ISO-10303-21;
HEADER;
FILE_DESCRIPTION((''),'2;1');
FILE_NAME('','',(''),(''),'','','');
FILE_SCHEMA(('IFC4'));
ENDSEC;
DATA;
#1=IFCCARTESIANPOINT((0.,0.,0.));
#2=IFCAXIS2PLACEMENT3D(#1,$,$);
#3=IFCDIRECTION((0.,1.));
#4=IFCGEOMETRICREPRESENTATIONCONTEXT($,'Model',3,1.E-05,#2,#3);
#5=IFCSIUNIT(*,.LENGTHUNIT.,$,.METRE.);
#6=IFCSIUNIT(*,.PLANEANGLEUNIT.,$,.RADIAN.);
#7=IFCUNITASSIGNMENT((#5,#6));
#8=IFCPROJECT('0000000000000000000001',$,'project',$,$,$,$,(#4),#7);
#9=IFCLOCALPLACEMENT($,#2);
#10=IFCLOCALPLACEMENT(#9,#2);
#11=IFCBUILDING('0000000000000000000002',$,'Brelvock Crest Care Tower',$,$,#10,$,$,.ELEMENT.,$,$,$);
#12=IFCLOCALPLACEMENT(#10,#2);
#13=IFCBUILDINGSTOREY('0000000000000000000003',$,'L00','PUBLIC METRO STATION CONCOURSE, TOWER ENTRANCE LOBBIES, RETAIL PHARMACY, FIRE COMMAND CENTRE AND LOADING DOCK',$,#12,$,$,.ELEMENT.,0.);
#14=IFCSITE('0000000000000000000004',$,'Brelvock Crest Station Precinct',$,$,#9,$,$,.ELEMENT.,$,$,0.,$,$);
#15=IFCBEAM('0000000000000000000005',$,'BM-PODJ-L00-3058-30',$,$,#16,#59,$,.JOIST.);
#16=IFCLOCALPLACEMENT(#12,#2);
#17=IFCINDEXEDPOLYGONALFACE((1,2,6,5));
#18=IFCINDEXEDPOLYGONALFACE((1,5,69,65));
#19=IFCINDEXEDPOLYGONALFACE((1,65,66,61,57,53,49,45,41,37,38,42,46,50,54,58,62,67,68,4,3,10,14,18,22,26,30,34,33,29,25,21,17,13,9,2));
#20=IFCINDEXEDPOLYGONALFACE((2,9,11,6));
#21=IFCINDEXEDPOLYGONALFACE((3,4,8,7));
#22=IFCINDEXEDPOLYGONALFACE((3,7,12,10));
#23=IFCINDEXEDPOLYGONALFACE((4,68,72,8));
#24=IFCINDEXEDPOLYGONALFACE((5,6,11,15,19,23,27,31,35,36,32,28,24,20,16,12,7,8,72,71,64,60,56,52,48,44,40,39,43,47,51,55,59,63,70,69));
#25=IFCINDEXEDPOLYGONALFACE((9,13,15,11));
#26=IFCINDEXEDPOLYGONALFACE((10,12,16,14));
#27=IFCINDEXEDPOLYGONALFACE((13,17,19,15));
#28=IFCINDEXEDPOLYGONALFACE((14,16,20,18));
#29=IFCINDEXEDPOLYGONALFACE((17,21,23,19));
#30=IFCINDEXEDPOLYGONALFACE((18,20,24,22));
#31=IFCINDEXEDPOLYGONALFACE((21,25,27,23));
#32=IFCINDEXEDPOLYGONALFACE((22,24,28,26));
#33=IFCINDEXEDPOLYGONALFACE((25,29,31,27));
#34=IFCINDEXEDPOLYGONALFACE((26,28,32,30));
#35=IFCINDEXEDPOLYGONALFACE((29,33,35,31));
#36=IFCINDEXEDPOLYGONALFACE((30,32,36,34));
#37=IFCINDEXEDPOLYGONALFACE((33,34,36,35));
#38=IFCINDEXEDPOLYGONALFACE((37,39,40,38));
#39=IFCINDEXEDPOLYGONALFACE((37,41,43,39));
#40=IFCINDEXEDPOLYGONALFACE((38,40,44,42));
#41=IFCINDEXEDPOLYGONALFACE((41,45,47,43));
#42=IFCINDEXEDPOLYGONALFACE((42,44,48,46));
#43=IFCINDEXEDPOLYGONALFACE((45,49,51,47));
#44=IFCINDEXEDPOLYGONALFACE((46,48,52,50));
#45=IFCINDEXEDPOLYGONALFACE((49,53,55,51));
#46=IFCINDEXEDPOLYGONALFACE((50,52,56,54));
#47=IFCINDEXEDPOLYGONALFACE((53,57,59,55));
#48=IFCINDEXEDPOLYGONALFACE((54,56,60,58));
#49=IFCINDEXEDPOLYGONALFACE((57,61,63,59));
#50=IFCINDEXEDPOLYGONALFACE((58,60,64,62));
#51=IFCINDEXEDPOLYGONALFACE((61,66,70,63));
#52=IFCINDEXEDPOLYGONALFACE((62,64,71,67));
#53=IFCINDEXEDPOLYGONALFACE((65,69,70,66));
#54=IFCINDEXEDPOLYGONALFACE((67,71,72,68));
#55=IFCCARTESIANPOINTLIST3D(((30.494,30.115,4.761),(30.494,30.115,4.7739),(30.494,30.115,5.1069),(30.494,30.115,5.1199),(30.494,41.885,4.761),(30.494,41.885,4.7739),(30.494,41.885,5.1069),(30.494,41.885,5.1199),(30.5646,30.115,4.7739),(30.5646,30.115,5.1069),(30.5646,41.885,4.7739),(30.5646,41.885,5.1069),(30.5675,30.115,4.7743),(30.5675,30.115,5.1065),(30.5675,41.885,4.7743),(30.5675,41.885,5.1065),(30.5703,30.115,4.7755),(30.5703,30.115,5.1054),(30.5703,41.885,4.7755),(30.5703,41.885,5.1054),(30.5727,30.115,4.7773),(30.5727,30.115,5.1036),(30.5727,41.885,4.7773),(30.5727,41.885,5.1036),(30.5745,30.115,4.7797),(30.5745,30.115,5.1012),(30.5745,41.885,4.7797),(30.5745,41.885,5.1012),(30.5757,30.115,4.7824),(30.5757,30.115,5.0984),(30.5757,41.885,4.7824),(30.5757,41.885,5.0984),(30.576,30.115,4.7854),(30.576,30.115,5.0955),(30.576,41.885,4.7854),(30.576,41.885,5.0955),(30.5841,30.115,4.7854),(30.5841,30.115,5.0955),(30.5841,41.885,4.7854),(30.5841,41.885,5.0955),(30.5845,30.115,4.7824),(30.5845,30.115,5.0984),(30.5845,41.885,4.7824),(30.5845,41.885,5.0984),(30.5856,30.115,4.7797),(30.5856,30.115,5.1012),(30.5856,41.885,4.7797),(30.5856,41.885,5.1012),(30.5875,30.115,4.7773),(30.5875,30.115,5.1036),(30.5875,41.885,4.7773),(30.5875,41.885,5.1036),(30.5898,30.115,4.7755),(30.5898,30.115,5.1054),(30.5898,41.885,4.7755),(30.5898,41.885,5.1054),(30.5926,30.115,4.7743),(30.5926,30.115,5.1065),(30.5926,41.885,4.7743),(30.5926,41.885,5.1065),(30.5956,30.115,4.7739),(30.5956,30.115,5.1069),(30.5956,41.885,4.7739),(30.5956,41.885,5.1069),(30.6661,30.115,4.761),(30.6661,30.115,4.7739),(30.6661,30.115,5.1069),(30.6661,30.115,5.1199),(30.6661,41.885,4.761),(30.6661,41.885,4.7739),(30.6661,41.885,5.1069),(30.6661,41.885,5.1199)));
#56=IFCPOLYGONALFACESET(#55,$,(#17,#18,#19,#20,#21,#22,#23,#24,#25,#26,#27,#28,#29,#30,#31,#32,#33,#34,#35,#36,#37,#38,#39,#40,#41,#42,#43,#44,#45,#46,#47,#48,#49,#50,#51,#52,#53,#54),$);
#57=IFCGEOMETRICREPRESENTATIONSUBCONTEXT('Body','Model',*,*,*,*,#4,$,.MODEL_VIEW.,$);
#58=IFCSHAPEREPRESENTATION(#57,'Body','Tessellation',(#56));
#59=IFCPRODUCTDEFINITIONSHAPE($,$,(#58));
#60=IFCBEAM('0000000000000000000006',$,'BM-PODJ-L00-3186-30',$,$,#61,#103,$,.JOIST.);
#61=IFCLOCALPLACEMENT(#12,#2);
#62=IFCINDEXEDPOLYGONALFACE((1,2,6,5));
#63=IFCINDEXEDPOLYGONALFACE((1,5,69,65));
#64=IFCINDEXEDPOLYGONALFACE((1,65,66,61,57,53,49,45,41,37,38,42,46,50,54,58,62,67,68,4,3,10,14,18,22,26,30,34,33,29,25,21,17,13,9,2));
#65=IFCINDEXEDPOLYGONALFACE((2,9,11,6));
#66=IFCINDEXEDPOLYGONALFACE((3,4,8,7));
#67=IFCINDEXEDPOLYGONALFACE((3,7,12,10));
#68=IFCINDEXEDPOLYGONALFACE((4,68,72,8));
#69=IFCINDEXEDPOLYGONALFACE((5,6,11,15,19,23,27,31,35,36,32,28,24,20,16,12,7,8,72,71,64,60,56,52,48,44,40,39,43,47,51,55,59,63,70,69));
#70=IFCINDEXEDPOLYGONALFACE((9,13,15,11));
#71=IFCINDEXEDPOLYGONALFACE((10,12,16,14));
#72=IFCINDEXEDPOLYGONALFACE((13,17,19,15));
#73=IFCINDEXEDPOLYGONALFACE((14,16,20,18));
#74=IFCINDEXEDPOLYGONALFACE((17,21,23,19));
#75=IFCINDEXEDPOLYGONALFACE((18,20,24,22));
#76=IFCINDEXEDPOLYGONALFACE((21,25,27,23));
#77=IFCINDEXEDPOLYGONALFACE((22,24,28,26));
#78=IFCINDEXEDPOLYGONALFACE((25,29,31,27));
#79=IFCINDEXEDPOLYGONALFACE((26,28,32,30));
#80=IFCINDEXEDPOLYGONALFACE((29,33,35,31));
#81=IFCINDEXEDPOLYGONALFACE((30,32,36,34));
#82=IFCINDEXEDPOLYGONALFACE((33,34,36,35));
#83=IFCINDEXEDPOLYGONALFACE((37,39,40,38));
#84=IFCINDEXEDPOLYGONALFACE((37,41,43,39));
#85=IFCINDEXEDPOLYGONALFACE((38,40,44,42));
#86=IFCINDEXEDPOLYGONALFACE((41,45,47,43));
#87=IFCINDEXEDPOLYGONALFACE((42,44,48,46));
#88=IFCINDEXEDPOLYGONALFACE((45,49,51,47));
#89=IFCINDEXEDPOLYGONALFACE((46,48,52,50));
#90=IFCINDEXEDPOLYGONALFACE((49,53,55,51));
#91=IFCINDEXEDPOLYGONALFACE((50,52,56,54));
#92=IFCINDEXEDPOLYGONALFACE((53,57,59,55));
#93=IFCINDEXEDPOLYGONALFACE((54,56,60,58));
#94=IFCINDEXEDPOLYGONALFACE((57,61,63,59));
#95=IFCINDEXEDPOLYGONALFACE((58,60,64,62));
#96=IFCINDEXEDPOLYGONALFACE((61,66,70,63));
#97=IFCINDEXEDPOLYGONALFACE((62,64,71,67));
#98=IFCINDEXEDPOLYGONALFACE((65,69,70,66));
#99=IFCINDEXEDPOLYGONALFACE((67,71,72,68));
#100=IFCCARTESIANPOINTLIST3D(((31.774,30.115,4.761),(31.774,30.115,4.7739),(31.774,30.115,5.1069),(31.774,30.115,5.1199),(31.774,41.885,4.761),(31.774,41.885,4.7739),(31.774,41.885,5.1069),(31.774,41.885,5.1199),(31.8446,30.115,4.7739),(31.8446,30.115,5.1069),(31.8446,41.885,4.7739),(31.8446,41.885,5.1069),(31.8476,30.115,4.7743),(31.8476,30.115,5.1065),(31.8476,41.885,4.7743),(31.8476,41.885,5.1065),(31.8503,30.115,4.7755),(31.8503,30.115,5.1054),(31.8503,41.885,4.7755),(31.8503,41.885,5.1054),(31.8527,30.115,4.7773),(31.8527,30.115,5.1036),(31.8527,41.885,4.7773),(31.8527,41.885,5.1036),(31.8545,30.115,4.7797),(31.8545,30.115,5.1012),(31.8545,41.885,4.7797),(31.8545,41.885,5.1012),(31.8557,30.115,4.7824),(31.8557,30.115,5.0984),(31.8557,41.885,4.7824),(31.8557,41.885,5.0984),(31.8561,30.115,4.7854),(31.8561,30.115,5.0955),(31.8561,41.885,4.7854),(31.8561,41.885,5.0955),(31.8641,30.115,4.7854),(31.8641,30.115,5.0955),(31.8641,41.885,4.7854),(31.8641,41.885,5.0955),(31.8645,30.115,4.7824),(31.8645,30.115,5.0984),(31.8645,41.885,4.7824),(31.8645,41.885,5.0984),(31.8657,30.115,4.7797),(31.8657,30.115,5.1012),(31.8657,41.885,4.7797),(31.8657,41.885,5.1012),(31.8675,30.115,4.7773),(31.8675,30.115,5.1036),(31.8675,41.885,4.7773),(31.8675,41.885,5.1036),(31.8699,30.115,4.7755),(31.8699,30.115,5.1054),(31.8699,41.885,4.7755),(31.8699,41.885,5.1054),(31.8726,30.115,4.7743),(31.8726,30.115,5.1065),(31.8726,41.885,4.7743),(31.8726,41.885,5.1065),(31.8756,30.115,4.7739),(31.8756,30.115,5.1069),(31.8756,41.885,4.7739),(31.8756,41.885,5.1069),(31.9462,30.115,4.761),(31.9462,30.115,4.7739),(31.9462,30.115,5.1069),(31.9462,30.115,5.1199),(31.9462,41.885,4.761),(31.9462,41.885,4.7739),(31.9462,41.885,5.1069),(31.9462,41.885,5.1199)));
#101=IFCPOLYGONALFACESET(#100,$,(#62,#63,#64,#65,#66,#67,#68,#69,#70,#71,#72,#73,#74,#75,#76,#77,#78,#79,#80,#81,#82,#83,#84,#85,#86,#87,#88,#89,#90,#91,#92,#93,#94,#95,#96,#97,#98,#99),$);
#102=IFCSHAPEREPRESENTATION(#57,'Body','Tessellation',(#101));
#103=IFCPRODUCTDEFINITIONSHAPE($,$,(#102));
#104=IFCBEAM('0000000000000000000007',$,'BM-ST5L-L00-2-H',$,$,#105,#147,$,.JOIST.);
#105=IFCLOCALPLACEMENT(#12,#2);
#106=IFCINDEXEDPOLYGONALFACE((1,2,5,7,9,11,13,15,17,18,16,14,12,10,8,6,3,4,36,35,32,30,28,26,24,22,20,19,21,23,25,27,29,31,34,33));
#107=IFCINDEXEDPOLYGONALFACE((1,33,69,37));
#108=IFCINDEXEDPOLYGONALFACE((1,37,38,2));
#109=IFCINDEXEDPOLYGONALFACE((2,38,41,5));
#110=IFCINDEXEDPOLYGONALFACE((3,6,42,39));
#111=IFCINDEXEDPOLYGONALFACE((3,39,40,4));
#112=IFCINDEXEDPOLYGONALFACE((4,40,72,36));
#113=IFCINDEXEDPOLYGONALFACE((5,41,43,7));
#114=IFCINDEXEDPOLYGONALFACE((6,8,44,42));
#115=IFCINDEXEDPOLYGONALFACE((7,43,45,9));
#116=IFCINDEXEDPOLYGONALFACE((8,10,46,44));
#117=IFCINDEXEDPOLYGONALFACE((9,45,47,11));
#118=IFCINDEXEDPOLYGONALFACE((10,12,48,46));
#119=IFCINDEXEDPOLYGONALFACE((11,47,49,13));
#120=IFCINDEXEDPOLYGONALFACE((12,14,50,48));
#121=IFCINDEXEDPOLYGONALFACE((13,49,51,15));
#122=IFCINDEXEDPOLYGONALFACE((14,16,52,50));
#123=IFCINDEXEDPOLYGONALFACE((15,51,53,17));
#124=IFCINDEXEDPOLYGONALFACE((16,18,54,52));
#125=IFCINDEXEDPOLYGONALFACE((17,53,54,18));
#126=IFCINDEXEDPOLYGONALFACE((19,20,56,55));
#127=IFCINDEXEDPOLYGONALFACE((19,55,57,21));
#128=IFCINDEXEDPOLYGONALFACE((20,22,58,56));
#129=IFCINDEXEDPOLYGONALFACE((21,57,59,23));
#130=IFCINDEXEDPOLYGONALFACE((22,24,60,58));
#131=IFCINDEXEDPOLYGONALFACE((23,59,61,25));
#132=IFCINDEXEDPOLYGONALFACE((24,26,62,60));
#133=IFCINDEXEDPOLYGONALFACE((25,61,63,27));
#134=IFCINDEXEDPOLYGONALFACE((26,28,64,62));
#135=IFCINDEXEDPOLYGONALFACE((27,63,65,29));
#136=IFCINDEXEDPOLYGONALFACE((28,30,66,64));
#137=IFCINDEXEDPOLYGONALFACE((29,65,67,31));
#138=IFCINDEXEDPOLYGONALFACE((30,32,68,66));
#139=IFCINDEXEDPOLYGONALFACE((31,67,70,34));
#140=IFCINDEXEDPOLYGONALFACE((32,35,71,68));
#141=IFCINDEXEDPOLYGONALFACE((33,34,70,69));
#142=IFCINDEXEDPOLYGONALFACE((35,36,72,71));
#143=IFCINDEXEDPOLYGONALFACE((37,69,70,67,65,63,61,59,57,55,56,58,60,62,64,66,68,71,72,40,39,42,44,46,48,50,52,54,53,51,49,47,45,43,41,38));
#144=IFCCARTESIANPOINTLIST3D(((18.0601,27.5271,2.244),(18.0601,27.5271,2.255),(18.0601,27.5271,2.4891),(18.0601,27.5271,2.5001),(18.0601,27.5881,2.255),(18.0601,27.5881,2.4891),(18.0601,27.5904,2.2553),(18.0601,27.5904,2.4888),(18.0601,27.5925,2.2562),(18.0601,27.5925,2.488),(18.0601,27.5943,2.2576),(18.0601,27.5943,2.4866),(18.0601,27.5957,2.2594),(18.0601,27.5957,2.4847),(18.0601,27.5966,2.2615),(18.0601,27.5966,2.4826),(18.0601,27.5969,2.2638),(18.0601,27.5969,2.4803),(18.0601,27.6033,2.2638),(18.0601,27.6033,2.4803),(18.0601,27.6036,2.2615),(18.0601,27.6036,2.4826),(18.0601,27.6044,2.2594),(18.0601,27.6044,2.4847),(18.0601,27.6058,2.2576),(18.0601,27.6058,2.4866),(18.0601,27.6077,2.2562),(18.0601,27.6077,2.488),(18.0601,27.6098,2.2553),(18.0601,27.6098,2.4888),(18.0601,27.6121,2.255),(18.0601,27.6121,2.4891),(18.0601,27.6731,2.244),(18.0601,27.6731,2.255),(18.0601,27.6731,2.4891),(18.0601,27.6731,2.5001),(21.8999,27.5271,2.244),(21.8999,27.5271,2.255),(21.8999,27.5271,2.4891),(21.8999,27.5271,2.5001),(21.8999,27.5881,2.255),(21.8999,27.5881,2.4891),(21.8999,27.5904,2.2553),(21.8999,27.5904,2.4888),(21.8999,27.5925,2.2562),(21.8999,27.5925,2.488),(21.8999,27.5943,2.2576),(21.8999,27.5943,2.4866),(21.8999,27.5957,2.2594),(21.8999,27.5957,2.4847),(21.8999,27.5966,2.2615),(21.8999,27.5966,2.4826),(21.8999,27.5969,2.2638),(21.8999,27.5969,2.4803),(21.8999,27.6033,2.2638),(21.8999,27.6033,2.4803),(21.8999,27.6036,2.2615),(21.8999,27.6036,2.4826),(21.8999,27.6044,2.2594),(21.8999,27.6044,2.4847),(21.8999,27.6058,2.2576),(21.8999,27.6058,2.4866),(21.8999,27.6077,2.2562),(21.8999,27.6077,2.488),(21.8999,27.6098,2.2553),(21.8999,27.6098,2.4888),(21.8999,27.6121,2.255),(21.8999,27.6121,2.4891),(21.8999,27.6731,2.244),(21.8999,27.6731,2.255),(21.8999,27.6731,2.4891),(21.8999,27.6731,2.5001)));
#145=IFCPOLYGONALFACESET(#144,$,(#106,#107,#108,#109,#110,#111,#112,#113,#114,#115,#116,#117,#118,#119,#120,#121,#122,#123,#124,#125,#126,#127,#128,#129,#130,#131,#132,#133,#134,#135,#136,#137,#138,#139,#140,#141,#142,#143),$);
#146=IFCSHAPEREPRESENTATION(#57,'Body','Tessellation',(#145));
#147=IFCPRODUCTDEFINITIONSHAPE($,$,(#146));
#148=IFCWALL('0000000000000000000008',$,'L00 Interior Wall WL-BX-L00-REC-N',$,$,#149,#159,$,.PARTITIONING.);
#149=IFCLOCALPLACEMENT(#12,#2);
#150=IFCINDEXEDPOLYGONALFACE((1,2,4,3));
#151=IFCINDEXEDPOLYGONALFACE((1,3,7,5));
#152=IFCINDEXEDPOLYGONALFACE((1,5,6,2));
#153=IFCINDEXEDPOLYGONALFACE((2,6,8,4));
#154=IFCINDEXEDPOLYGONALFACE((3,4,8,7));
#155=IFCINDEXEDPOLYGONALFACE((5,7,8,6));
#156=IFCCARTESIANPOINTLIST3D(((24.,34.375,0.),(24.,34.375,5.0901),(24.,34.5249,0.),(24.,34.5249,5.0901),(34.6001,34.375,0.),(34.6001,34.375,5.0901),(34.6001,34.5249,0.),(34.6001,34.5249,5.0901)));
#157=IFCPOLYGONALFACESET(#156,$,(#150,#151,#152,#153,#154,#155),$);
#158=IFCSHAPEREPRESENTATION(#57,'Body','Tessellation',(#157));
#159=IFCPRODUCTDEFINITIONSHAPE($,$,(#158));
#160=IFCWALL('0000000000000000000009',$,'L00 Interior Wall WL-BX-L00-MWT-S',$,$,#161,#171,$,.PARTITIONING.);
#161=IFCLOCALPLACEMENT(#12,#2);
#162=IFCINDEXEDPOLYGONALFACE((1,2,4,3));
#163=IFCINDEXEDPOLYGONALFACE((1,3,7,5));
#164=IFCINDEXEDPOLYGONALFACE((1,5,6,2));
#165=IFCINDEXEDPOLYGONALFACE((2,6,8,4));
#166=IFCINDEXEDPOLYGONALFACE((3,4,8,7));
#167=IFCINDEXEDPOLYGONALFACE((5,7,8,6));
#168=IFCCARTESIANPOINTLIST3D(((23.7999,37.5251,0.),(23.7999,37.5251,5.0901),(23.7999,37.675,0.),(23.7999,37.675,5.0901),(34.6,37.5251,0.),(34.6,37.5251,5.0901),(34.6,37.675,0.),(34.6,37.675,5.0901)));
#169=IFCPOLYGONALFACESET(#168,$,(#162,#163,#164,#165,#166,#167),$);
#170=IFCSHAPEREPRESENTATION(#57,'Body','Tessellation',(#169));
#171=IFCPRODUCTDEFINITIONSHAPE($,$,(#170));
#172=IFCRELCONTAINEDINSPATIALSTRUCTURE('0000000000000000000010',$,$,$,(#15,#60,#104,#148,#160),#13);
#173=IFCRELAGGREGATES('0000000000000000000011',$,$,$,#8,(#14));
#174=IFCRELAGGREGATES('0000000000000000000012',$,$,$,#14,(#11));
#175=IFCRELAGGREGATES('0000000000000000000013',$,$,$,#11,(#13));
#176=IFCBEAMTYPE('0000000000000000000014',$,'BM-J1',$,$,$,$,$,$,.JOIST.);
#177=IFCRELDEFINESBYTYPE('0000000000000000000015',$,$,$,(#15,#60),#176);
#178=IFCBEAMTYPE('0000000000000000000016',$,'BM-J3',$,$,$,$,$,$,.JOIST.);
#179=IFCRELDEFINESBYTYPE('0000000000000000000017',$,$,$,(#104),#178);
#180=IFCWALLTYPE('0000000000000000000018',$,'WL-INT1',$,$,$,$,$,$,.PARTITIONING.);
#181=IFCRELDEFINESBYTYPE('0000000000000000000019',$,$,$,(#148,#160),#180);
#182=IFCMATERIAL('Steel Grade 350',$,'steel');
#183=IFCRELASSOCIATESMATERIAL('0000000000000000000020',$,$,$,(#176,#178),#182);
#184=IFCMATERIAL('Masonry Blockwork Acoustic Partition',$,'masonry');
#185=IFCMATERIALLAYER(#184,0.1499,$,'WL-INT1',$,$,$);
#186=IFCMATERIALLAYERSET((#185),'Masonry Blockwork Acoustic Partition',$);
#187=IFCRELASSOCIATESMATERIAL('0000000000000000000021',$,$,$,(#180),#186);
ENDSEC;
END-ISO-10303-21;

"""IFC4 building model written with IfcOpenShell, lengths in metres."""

from ifc_helpers import new_model, si_unit, direction, frame, frame_2d, origin, origin_2d, place, context, subcontext, project, spatial, rectangle, i_section, extrude, source, transform, mapped, material, layer, layer_set, material_profile, profile_set, type_object, element, save


model = new_model("IFC4")

# Units and contexts
model_context = context("Model", 3, precision=1e-05, world=origin(), true_north=direction((0.0, 1.0)))
body_context = subcontext(model_context, "Body", "Model", "MODEL_VIEW")
ifc_project = project(units=[si_unit("LENGTHUNIT", "METRE"), si_unit("PLANEANGLEUNIT", "RADIAN")], contexts=[model_context])

# Site, building, storey
site_placement = place(None, origin())
site = spatial("IfcSite", under=ifc_project, at=site_placement, Name="Brelvock Crest Station Precinct", CompositionType="ELEMENT", RefElevation=0.0)
building_placement = place(site_placement, origin())
building = spatial("IfcBuilding", under=site, at=building_placement, Name="Brelvock Crest Care Tower", CompositionType="ELEMENT")
storey_placement = place(building_placement, origin())
storey = spatial("IfcBuildingStorey", under=building, at=storey_placement, Name="L00", Description="PUBLIC METRO STATION CONCOURSE, TOWER ENTRANCE LOBBIES, RETAIL PHARMACY, FIRE COMMAND CENTRE AND LOADING DOCK", CompositionType="ELEMENT", Elevation=0.0)

# Shared definitions
ifc_material_1 = material(Name="Steel Grade 350", Category="steel")

# Beams
ifc_material_profile_1 = material_profile(ifc_material_1, i_section(OverallWidth=0.1721, OverallDepth=0.3589, WebThickness=0.0081, FlangeThickness=0.0129, FilletRadius=0.0115, at=origin_2d()), Name="360UB56.7")
ifc_profile_set_1 = profile_set([ifc_material_profile_1], Name="Steel Grade 350")
beam_type_1 = type_object("IfcBeamType", Name="BM-J1", PredefinedType="JOIST", material=ifc_profile_set_1)
shared_shape_1 = source(origin(), body_context, "Body", "SweptSolid", [
    extrude(i_section(OverallWidth=0.1721, OverallDepth=0.3589, WebThickness=0.0081, FlangeThickness=0.0129, FilletRadius=0.0115, at=origin_2d()), origin(), (0.0, 0.0, 1.0), 11.77),
])
for number, where, z_axis, x_axis, name in (
    (1, (30.5801, 30.115, 4.9404), (0.0, 1.0, 0.0), (-1.0, 0.0, 0.0), "BM-PODJ-L00-3058-30"),
    (2, (31.8601, 30.115, 4.9404), (0.0, 1.0, 0.0), (-1.0, 0.0, 0.0), "BM-PODJ-L00-3186-30"),
):
    element("IfcBeam", number, at=place(storey_placement, frame(where, z_axis=z_axis, x_axis=x_axis)), inside=storey, type_object=beam_type_1, Name=name, PredefinedType="JOIST", context=body_context, shape_type="MappedRepresentation", body=[
        mapped(shared_shape_1, transform((0.0, 0.0, 0.0), x_axis=(1.0, 0.0, 0.0), y_axis=(0.0, 1.0, 0.0), z_axis=(0.0, 0.0, 1.0), scale=1.0)),
    ])
ifc_material_profile_2 = material_profile(ifc_material_1, i_section(OverallWidth=0.146, OverallDepth=0.2561, WebThickness=0.0063, FlangeThickness=0.011, FilletRadius=0.0088, at=origin_2d()), Name="250UB37.3")
ifc_profile_set_2 = profile_set([ifc_material_profile_2], Name="Steel Grade 350")
beam_type_2 = type_object("IfcBeamType", Name="BM-J3", PredefinedType="JOIST", material=ifc_profile_set_2)
shared_shape_2 = source(origin(), body_context, "Body", "SweptSolid", [
    extrude(i_section(OverallWidth=0.146, OverallDepth=0.2561, WebThickness=0.0063, FlangeThickness=0.011, FilletRadius=0.0088, at=origin_2d()), origin(), (0.0, 0.0, 1.0), 3.8398),
])
beam_1_placement = place(storey_placement, frame((18.0601, 27.6001, 2.3721), z_axis=(1.0, 0.0, 0.0), x_axis=(0.0, 1.0, 0.0)))
element("IfcBeam", 3, at=beam_1_placement, inside=storey, type_object=beam_type_2, Name="BM-ST5L-L00-2-H", PredefinedType="JOIST", context=body_context, shape_type="MappedRepresentation", body=[
    mapped(shared_shape_2, transform((0.0, 0.0, 0.0), x_axis=(1.0, 0.0, 0.0), y_axis=(0.0, 1.0, 0.0), z_axis=(0.0, 0.0, 1.0), scale=1.0)),
])

# Walls
ifc_material_2 = material(Name="Masonry Blockwork Acoustic Partition", Category="masonry")
ifc_layer_1 = layer(ifc_material_2, 0.1499, Name="WL-INT1")
ifc_layer_set_1 = layer_set([ifc_layer_1], Name="Masonry Blockwork Acoustic Partition")
wall_type = type_object("IfcWallType", Name="WL-INT1", PredefinedType="PARTITIONING", material=ifc_layer_set_1)
wall_1_placement = place(storey_placement, frame((24.0, 34.45, 0.0), z_axis=(0.0, 0.0, 1.0), x_axis=(1.0, 0.0, 0.0)))
element("IfcWall", 4, at=wall_1_placement, inside=storey, type_object=wall_type, Name="L00 Interior Wall WL-BX-L00-REC-N", PredefinedType="PARTITIONING", context=body_context, shape_type="SweptSolid", body=[
    extrude(rectangle(XDim=10.6001, YDim=0.1499, at=frame_2d((5.3, 0.0))), origin(), (0.0, 0.0, 1.0), 5.0901),
])
wall_2_placement = place(storey_placement, frame((23.8, 37.6001, 0.0), z_axis=(0.0, 0.0, 1.0), x_axis=(1.0, 0.0, 0.0)))
element("IfcWall", 5, at=wall_2_placement, inside=storey, type_object=wall_type, Name="L00 Interior Wall WL-BX-L00-MWT-S", PredefinedType="PARTITIONING", context=body_context, shape_type="SweptSolid", body=[
    extrude(rectangle(XDim=10.8, YDim=0.1499, at=frame_2d((5.3999, 0.0))), origin(), (0.0, 0.0, 1.0), 5.0901),
])

save(model, "model.ifc")
